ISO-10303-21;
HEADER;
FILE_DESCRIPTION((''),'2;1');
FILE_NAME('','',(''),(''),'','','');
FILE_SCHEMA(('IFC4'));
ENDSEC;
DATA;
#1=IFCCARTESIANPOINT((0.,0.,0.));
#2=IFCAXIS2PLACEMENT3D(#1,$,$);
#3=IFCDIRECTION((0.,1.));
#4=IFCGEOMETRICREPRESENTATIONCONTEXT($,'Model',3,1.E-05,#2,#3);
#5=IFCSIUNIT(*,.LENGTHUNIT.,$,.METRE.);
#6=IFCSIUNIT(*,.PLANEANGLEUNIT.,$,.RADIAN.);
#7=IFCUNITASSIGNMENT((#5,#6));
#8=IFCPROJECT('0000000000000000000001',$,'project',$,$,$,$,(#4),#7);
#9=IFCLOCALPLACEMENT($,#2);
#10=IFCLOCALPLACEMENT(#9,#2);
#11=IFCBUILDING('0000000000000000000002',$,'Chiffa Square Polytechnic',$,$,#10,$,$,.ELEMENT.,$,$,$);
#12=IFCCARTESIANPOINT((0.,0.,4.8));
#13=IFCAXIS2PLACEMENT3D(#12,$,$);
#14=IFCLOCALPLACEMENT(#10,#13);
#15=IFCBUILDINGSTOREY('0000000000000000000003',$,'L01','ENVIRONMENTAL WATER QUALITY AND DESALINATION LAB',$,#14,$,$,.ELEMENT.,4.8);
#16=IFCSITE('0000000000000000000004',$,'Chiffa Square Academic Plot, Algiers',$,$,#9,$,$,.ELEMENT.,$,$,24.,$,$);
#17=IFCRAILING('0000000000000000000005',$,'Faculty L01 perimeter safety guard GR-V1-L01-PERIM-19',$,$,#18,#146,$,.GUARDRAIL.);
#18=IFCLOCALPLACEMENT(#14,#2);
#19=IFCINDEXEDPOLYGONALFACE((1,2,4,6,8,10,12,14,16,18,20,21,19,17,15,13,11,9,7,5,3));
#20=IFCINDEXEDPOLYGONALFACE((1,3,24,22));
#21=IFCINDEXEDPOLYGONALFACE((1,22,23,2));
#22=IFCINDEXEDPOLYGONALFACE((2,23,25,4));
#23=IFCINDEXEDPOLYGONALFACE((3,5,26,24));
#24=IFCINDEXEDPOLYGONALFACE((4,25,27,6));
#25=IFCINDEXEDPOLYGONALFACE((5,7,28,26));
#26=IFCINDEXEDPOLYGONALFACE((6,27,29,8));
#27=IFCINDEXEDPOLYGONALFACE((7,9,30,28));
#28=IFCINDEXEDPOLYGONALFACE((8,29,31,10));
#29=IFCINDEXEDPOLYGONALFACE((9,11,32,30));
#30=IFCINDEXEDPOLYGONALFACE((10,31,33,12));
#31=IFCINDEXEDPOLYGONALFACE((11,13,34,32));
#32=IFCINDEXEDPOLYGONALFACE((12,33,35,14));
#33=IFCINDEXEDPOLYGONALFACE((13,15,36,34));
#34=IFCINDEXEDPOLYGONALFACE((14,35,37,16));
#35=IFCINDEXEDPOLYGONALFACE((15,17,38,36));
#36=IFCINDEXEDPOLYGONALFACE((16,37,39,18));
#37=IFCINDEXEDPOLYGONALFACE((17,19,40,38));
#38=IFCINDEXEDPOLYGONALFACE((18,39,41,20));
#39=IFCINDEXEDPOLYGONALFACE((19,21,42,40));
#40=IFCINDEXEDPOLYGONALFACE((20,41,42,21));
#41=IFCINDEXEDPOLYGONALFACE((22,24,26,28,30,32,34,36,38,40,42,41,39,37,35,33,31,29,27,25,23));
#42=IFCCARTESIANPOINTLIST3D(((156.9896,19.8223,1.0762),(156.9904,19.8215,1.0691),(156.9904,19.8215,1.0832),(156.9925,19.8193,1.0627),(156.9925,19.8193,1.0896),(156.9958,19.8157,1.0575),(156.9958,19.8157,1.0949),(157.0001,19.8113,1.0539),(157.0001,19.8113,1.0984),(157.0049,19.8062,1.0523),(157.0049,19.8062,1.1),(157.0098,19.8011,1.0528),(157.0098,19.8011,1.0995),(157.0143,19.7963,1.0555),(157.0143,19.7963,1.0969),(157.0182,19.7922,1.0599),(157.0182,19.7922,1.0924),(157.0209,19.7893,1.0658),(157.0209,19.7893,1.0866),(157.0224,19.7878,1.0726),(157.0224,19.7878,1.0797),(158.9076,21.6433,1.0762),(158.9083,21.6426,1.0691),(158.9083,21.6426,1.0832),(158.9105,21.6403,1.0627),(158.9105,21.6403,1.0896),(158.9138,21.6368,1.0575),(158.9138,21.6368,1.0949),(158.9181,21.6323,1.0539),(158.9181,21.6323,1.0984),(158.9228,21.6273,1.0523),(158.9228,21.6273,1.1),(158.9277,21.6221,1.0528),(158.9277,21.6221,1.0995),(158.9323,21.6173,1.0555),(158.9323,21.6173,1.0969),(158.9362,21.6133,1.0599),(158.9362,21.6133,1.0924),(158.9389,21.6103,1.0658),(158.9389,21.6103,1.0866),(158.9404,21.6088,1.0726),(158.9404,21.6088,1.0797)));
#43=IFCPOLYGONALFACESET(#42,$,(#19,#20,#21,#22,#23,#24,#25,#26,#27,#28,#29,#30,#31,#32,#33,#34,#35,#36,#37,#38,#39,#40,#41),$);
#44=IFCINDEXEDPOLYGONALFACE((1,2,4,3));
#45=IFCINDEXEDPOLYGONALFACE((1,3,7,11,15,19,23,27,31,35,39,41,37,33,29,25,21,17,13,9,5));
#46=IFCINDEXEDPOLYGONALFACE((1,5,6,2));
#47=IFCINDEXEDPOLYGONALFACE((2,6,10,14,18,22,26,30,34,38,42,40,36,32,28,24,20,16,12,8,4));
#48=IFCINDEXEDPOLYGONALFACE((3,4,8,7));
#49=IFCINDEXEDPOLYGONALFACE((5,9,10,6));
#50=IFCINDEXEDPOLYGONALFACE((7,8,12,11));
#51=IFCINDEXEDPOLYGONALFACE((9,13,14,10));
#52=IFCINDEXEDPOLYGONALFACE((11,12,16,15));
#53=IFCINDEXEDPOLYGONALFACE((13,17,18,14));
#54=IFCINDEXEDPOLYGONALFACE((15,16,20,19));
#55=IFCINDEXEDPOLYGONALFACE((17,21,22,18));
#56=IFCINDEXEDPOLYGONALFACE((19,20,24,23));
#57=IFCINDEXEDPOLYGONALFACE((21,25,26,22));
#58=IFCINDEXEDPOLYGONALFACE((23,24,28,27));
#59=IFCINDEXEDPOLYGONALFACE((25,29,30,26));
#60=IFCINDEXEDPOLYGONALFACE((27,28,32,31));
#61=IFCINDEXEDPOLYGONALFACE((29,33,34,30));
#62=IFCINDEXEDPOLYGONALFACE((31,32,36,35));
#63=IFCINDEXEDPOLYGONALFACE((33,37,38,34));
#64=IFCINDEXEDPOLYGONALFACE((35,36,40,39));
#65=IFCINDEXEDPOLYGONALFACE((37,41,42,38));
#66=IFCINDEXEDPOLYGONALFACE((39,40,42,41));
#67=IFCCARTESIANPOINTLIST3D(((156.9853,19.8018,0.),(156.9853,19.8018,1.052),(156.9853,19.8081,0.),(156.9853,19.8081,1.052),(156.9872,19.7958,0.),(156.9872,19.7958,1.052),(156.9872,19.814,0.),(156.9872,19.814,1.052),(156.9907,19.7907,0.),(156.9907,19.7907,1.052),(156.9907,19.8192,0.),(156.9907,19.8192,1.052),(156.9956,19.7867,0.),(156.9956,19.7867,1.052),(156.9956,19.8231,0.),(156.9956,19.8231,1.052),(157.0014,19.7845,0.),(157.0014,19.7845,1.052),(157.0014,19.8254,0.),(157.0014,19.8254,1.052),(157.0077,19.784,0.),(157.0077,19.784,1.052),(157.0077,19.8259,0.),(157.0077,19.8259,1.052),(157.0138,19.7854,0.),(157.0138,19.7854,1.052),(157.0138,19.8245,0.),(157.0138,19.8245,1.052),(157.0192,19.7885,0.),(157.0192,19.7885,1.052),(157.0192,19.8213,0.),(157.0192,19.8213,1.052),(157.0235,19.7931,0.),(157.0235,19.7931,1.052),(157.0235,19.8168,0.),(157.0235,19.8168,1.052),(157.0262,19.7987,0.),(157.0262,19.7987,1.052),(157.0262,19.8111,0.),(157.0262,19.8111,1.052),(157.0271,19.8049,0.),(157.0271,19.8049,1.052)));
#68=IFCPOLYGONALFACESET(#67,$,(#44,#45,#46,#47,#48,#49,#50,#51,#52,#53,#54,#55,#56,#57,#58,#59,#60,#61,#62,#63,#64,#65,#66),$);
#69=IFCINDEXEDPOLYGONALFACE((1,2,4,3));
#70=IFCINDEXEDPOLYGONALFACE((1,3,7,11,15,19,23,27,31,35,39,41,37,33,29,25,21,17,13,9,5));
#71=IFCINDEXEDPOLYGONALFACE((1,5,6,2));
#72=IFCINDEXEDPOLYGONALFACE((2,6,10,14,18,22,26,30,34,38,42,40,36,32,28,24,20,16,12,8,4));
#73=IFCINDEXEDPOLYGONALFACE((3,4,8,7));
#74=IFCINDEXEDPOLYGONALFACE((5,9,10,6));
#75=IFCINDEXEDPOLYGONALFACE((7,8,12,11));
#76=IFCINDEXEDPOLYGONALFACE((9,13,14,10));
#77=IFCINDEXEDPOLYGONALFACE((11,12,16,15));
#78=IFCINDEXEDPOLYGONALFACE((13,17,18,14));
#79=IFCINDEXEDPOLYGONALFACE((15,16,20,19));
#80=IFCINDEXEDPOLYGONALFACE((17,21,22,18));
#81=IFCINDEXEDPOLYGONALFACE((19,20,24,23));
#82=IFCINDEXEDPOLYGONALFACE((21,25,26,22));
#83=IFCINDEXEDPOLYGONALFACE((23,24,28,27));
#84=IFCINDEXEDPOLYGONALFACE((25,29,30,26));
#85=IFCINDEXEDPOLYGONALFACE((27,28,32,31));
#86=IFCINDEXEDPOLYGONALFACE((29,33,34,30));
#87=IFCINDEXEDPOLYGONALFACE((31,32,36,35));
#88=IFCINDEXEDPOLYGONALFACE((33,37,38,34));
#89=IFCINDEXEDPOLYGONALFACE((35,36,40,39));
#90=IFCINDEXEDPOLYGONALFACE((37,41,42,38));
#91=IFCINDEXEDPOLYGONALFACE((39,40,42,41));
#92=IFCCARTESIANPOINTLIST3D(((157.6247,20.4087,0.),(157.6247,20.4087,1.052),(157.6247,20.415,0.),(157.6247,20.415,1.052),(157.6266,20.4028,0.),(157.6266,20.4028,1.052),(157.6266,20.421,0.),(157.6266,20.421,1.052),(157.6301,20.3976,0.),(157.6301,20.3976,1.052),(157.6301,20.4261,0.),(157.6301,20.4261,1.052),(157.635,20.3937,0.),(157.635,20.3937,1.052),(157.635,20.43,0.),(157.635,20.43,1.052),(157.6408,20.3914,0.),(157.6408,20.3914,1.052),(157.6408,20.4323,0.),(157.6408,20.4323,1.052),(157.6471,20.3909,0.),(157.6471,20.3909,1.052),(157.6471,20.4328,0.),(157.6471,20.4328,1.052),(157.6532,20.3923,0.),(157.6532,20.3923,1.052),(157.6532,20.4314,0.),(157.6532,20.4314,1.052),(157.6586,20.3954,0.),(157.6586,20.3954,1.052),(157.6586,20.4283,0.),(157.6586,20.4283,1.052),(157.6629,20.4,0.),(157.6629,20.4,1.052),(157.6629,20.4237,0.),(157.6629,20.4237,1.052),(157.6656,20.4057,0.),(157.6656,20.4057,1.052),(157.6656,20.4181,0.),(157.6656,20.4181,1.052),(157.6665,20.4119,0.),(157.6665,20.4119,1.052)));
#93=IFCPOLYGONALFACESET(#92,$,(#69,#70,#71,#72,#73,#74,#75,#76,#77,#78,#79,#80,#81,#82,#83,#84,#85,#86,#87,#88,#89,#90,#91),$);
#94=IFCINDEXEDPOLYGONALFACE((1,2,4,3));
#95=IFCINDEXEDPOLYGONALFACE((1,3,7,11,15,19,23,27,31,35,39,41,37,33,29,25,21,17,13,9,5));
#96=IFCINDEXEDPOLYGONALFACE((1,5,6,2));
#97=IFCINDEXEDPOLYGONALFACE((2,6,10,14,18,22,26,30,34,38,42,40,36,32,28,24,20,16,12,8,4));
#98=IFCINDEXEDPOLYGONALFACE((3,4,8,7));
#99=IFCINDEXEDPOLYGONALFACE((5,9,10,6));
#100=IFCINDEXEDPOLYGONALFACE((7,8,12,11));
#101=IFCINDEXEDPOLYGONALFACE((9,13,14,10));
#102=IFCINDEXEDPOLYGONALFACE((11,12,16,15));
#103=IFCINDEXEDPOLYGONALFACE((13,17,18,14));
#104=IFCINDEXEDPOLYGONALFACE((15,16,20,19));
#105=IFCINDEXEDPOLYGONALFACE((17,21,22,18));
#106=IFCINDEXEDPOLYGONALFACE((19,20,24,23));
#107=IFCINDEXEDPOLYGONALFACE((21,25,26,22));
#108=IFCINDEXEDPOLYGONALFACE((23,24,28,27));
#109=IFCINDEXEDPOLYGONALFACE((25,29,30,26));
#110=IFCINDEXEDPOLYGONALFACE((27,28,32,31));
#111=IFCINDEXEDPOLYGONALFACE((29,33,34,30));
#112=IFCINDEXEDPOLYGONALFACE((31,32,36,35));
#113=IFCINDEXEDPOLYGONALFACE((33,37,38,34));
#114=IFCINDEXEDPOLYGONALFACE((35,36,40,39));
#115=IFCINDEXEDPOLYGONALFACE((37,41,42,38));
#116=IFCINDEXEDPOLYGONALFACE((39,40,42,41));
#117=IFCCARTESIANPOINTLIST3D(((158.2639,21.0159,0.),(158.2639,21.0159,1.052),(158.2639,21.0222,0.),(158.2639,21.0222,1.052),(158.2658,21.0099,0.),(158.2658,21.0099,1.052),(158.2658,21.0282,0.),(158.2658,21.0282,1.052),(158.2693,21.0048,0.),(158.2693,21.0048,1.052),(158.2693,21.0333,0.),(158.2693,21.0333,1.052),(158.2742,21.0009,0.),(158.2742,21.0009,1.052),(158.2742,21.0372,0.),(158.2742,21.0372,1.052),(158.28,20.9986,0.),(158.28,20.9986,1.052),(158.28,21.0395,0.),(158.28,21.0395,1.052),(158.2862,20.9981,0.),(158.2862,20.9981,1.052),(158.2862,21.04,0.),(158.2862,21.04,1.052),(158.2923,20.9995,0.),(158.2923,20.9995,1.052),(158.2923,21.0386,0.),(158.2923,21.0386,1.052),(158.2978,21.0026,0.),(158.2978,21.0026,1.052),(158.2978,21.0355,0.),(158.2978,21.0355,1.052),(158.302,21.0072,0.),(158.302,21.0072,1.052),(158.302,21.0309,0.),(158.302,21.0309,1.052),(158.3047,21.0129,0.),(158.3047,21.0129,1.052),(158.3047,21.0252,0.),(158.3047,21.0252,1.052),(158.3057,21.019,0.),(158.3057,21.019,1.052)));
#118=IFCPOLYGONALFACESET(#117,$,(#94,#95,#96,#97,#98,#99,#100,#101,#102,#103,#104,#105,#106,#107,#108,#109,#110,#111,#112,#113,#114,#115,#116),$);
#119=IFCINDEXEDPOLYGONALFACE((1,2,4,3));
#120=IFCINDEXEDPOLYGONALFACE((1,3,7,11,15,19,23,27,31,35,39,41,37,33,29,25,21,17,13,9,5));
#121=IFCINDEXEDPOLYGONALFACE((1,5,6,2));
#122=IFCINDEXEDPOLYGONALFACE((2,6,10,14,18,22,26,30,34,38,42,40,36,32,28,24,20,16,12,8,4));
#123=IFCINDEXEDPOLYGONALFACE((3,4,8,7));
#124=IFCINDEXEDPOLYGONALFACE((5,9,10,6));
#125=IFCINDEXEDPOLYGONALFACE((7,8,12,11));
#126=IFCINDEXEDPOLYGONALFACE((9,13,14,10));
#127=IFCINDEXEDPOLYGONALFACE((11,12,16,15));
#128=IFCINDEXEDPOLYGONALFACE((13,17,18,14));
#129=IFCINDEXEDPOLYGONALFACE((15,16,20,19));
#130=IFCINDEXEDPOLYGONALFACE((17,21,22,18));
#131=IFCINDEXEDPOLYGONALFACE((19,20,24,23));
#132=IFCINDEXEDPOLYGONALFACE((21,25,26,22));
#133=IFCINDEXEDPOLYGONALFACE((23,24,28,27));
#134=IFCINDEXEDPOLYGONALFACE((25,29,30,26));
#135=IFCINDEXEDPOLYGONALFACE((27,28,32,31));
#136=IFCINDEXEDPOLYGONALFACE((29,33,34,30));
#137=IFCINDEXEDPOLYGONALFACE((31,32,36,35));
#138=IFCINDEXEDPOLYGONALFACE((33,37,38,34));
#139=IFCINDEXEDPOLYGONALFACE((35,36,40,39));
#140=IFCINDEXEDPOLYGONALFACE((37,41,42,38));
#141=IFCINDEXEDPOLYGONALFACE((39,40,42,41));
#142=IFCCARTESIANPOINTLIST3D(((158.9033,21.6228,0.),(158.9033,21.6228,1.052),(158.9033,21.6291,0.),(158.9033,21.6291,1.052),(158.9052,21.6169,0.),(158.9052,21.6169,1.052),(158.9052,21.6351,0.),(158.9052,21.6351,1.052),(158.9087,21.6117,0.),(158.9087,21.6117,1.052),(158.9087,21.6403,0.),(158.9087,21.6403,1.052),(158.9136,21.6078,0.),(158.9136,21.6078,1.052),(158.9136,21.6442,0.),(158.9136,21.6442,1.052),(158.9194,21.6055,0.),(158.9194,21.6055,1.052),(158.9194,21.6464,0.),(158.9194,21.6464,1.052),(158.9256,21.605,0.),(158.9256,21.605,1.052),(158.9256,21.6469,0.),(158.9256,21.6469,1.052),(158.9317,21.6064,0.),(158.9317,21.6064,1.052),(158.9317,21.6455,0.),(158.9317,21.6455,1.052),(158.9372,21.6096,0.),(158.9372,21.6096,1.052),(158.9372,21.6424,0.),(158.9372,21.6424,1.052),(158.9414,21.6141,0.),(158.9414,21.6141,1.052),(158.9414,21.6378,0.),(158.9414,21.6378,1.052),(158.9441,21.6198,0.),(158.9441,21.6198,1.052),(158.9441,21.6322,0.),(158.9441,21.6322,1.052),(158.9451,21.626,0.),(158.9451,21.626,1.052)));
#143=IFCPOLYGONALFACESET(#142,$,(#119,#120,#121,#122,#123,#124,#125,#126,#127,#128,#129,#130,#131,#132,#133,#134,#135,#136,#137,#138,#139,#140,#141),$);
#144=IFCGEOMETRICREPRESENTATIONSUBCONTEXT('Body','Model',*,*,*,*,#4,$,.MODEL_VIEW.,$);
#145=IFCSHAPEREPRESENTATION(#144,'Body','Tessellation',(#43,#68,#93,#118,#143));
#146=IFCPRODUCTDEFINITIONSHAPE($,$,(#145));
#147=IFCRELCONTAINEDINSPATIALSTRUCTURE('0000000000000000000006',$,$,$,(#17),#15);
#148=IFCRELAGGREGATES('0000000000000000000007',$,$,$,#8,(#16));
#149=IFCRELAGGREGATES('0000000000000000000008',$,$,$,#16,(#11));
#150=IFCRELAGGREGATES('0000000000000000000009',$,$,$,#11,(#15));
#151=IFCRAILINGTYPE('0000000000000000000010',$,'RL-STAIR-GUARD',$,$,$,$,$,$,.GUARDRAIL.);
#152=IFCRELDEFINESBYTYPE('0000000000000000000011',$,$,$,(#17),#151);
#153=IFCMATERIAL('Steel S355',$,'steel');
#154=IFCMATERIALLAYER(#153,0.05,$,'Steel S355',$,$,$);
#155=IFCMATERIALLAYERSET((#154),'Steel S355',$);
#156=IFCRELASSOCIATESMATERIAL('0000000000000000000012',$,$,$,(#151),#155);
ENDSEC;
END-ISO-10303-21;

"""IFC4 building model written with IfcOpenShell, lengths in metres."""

from ifc_helpers import new_model, si_unit, direction, frame, origin, origin_2d, place, context, subcontext, project, spatial, circle, extrude, material, layer, layer_set, type_object, element, save


model = new_model("IFC4")

# Units and contexts
model_context = context("Model", 3, precision=1e-05, world=origin(), true_north=direction((0.0, 1.0)))
body_context = subcontext(model_context, "Body", "Model", "MODEL_VIEW")
ifc_project = project(units=[si_unit("LENGTHUNIT", "METRE"), si_unit("PLANEANGLEUNIT", "RADIAN")], contexts=[model_context])

# Site, building, storey
site_placement = place(None, origin())
site = spatial("IfcSite", under=ifc_project, at=site_placement, Name="Chiffa Square Academic Plot, Algiers", CompositionType="ELEMENT", RefElevation=24.0)
building_placement = place(site_placement, origin())
building = spatial("IfcBuilding", under=site, at=building_placement, Name="Chiffa Square Polytechnic", CompositionType="ELEMENT")
storey_placement = place(building_placement, frame((0.0, 0.0, 4.8)))
storey = spatial("IfcBuildingStorey", under=building, at=storey_placement, Name="L01", Description="ENVIRONMENTAL WATER QUALITY AND DESALINATION LAB", CompositionType="ELEMENT", Elevation=4.8)

# Railing
ifc_material_1 = material(Name="Steel S355", Category="steel")
ifc_layer_1 = layer(ifc_material_1, 0.05, Name="Steel S355")
ifc_layer_set_1 = layer_set([ifc_layer_1], Name="Steel S355")
railing_type = type_object("IfcRailingType", Name="RL-STAIR-GUARD", PredefinedType="GUARDRAIL", material=ifc_layer_set_1)
railing_1_placement = place(storey_placement, frame((157.0061, 19.8049, 0.0)))
element("IfcRailing", 1, at=railing_1_placement, inside=storey, type_object=railing_type, Name="Faculty L01 perimeter safety guard GR-V1-L01-PERIM-19", PredefinedType="GUARDRAIL", context=body_context, shape_type="SweptSolid", body=[
    extrude(circle(Radius=0.0239, at=origin_2d()), frame((0.0, 0.0, 1.0762), z_axis=(0.725193, 0.688546, 0.0), x_axis=(-0.688546, 0.725193, 0.0)), (0.0, 0.0, 1.0), 2.6448),
    extrude(circle(Radius=0.021, at=origin_2d()), origin(), (0.0, 0.0, 1.0), 1.052),
    extrude(circle(Radius=0.021, at=origin_2d()), frame((0.6394, 0.6069, 0.0)), (0.0, 0.0, 1.0), 1.052),
    extrude(circle(Radius=0.021, at=origin_2d()), frame((1.2786, 1.2141, 0.0)), (0.0, 0.0, 1.0), 1.052),
    extrude(circle(Radius=0.021, at=origin_2d()), frame((1.918, 1.821, 0.0)), (0.0, 0.0, 1.0), 1.052),
])

save(model, "model.ifc")
